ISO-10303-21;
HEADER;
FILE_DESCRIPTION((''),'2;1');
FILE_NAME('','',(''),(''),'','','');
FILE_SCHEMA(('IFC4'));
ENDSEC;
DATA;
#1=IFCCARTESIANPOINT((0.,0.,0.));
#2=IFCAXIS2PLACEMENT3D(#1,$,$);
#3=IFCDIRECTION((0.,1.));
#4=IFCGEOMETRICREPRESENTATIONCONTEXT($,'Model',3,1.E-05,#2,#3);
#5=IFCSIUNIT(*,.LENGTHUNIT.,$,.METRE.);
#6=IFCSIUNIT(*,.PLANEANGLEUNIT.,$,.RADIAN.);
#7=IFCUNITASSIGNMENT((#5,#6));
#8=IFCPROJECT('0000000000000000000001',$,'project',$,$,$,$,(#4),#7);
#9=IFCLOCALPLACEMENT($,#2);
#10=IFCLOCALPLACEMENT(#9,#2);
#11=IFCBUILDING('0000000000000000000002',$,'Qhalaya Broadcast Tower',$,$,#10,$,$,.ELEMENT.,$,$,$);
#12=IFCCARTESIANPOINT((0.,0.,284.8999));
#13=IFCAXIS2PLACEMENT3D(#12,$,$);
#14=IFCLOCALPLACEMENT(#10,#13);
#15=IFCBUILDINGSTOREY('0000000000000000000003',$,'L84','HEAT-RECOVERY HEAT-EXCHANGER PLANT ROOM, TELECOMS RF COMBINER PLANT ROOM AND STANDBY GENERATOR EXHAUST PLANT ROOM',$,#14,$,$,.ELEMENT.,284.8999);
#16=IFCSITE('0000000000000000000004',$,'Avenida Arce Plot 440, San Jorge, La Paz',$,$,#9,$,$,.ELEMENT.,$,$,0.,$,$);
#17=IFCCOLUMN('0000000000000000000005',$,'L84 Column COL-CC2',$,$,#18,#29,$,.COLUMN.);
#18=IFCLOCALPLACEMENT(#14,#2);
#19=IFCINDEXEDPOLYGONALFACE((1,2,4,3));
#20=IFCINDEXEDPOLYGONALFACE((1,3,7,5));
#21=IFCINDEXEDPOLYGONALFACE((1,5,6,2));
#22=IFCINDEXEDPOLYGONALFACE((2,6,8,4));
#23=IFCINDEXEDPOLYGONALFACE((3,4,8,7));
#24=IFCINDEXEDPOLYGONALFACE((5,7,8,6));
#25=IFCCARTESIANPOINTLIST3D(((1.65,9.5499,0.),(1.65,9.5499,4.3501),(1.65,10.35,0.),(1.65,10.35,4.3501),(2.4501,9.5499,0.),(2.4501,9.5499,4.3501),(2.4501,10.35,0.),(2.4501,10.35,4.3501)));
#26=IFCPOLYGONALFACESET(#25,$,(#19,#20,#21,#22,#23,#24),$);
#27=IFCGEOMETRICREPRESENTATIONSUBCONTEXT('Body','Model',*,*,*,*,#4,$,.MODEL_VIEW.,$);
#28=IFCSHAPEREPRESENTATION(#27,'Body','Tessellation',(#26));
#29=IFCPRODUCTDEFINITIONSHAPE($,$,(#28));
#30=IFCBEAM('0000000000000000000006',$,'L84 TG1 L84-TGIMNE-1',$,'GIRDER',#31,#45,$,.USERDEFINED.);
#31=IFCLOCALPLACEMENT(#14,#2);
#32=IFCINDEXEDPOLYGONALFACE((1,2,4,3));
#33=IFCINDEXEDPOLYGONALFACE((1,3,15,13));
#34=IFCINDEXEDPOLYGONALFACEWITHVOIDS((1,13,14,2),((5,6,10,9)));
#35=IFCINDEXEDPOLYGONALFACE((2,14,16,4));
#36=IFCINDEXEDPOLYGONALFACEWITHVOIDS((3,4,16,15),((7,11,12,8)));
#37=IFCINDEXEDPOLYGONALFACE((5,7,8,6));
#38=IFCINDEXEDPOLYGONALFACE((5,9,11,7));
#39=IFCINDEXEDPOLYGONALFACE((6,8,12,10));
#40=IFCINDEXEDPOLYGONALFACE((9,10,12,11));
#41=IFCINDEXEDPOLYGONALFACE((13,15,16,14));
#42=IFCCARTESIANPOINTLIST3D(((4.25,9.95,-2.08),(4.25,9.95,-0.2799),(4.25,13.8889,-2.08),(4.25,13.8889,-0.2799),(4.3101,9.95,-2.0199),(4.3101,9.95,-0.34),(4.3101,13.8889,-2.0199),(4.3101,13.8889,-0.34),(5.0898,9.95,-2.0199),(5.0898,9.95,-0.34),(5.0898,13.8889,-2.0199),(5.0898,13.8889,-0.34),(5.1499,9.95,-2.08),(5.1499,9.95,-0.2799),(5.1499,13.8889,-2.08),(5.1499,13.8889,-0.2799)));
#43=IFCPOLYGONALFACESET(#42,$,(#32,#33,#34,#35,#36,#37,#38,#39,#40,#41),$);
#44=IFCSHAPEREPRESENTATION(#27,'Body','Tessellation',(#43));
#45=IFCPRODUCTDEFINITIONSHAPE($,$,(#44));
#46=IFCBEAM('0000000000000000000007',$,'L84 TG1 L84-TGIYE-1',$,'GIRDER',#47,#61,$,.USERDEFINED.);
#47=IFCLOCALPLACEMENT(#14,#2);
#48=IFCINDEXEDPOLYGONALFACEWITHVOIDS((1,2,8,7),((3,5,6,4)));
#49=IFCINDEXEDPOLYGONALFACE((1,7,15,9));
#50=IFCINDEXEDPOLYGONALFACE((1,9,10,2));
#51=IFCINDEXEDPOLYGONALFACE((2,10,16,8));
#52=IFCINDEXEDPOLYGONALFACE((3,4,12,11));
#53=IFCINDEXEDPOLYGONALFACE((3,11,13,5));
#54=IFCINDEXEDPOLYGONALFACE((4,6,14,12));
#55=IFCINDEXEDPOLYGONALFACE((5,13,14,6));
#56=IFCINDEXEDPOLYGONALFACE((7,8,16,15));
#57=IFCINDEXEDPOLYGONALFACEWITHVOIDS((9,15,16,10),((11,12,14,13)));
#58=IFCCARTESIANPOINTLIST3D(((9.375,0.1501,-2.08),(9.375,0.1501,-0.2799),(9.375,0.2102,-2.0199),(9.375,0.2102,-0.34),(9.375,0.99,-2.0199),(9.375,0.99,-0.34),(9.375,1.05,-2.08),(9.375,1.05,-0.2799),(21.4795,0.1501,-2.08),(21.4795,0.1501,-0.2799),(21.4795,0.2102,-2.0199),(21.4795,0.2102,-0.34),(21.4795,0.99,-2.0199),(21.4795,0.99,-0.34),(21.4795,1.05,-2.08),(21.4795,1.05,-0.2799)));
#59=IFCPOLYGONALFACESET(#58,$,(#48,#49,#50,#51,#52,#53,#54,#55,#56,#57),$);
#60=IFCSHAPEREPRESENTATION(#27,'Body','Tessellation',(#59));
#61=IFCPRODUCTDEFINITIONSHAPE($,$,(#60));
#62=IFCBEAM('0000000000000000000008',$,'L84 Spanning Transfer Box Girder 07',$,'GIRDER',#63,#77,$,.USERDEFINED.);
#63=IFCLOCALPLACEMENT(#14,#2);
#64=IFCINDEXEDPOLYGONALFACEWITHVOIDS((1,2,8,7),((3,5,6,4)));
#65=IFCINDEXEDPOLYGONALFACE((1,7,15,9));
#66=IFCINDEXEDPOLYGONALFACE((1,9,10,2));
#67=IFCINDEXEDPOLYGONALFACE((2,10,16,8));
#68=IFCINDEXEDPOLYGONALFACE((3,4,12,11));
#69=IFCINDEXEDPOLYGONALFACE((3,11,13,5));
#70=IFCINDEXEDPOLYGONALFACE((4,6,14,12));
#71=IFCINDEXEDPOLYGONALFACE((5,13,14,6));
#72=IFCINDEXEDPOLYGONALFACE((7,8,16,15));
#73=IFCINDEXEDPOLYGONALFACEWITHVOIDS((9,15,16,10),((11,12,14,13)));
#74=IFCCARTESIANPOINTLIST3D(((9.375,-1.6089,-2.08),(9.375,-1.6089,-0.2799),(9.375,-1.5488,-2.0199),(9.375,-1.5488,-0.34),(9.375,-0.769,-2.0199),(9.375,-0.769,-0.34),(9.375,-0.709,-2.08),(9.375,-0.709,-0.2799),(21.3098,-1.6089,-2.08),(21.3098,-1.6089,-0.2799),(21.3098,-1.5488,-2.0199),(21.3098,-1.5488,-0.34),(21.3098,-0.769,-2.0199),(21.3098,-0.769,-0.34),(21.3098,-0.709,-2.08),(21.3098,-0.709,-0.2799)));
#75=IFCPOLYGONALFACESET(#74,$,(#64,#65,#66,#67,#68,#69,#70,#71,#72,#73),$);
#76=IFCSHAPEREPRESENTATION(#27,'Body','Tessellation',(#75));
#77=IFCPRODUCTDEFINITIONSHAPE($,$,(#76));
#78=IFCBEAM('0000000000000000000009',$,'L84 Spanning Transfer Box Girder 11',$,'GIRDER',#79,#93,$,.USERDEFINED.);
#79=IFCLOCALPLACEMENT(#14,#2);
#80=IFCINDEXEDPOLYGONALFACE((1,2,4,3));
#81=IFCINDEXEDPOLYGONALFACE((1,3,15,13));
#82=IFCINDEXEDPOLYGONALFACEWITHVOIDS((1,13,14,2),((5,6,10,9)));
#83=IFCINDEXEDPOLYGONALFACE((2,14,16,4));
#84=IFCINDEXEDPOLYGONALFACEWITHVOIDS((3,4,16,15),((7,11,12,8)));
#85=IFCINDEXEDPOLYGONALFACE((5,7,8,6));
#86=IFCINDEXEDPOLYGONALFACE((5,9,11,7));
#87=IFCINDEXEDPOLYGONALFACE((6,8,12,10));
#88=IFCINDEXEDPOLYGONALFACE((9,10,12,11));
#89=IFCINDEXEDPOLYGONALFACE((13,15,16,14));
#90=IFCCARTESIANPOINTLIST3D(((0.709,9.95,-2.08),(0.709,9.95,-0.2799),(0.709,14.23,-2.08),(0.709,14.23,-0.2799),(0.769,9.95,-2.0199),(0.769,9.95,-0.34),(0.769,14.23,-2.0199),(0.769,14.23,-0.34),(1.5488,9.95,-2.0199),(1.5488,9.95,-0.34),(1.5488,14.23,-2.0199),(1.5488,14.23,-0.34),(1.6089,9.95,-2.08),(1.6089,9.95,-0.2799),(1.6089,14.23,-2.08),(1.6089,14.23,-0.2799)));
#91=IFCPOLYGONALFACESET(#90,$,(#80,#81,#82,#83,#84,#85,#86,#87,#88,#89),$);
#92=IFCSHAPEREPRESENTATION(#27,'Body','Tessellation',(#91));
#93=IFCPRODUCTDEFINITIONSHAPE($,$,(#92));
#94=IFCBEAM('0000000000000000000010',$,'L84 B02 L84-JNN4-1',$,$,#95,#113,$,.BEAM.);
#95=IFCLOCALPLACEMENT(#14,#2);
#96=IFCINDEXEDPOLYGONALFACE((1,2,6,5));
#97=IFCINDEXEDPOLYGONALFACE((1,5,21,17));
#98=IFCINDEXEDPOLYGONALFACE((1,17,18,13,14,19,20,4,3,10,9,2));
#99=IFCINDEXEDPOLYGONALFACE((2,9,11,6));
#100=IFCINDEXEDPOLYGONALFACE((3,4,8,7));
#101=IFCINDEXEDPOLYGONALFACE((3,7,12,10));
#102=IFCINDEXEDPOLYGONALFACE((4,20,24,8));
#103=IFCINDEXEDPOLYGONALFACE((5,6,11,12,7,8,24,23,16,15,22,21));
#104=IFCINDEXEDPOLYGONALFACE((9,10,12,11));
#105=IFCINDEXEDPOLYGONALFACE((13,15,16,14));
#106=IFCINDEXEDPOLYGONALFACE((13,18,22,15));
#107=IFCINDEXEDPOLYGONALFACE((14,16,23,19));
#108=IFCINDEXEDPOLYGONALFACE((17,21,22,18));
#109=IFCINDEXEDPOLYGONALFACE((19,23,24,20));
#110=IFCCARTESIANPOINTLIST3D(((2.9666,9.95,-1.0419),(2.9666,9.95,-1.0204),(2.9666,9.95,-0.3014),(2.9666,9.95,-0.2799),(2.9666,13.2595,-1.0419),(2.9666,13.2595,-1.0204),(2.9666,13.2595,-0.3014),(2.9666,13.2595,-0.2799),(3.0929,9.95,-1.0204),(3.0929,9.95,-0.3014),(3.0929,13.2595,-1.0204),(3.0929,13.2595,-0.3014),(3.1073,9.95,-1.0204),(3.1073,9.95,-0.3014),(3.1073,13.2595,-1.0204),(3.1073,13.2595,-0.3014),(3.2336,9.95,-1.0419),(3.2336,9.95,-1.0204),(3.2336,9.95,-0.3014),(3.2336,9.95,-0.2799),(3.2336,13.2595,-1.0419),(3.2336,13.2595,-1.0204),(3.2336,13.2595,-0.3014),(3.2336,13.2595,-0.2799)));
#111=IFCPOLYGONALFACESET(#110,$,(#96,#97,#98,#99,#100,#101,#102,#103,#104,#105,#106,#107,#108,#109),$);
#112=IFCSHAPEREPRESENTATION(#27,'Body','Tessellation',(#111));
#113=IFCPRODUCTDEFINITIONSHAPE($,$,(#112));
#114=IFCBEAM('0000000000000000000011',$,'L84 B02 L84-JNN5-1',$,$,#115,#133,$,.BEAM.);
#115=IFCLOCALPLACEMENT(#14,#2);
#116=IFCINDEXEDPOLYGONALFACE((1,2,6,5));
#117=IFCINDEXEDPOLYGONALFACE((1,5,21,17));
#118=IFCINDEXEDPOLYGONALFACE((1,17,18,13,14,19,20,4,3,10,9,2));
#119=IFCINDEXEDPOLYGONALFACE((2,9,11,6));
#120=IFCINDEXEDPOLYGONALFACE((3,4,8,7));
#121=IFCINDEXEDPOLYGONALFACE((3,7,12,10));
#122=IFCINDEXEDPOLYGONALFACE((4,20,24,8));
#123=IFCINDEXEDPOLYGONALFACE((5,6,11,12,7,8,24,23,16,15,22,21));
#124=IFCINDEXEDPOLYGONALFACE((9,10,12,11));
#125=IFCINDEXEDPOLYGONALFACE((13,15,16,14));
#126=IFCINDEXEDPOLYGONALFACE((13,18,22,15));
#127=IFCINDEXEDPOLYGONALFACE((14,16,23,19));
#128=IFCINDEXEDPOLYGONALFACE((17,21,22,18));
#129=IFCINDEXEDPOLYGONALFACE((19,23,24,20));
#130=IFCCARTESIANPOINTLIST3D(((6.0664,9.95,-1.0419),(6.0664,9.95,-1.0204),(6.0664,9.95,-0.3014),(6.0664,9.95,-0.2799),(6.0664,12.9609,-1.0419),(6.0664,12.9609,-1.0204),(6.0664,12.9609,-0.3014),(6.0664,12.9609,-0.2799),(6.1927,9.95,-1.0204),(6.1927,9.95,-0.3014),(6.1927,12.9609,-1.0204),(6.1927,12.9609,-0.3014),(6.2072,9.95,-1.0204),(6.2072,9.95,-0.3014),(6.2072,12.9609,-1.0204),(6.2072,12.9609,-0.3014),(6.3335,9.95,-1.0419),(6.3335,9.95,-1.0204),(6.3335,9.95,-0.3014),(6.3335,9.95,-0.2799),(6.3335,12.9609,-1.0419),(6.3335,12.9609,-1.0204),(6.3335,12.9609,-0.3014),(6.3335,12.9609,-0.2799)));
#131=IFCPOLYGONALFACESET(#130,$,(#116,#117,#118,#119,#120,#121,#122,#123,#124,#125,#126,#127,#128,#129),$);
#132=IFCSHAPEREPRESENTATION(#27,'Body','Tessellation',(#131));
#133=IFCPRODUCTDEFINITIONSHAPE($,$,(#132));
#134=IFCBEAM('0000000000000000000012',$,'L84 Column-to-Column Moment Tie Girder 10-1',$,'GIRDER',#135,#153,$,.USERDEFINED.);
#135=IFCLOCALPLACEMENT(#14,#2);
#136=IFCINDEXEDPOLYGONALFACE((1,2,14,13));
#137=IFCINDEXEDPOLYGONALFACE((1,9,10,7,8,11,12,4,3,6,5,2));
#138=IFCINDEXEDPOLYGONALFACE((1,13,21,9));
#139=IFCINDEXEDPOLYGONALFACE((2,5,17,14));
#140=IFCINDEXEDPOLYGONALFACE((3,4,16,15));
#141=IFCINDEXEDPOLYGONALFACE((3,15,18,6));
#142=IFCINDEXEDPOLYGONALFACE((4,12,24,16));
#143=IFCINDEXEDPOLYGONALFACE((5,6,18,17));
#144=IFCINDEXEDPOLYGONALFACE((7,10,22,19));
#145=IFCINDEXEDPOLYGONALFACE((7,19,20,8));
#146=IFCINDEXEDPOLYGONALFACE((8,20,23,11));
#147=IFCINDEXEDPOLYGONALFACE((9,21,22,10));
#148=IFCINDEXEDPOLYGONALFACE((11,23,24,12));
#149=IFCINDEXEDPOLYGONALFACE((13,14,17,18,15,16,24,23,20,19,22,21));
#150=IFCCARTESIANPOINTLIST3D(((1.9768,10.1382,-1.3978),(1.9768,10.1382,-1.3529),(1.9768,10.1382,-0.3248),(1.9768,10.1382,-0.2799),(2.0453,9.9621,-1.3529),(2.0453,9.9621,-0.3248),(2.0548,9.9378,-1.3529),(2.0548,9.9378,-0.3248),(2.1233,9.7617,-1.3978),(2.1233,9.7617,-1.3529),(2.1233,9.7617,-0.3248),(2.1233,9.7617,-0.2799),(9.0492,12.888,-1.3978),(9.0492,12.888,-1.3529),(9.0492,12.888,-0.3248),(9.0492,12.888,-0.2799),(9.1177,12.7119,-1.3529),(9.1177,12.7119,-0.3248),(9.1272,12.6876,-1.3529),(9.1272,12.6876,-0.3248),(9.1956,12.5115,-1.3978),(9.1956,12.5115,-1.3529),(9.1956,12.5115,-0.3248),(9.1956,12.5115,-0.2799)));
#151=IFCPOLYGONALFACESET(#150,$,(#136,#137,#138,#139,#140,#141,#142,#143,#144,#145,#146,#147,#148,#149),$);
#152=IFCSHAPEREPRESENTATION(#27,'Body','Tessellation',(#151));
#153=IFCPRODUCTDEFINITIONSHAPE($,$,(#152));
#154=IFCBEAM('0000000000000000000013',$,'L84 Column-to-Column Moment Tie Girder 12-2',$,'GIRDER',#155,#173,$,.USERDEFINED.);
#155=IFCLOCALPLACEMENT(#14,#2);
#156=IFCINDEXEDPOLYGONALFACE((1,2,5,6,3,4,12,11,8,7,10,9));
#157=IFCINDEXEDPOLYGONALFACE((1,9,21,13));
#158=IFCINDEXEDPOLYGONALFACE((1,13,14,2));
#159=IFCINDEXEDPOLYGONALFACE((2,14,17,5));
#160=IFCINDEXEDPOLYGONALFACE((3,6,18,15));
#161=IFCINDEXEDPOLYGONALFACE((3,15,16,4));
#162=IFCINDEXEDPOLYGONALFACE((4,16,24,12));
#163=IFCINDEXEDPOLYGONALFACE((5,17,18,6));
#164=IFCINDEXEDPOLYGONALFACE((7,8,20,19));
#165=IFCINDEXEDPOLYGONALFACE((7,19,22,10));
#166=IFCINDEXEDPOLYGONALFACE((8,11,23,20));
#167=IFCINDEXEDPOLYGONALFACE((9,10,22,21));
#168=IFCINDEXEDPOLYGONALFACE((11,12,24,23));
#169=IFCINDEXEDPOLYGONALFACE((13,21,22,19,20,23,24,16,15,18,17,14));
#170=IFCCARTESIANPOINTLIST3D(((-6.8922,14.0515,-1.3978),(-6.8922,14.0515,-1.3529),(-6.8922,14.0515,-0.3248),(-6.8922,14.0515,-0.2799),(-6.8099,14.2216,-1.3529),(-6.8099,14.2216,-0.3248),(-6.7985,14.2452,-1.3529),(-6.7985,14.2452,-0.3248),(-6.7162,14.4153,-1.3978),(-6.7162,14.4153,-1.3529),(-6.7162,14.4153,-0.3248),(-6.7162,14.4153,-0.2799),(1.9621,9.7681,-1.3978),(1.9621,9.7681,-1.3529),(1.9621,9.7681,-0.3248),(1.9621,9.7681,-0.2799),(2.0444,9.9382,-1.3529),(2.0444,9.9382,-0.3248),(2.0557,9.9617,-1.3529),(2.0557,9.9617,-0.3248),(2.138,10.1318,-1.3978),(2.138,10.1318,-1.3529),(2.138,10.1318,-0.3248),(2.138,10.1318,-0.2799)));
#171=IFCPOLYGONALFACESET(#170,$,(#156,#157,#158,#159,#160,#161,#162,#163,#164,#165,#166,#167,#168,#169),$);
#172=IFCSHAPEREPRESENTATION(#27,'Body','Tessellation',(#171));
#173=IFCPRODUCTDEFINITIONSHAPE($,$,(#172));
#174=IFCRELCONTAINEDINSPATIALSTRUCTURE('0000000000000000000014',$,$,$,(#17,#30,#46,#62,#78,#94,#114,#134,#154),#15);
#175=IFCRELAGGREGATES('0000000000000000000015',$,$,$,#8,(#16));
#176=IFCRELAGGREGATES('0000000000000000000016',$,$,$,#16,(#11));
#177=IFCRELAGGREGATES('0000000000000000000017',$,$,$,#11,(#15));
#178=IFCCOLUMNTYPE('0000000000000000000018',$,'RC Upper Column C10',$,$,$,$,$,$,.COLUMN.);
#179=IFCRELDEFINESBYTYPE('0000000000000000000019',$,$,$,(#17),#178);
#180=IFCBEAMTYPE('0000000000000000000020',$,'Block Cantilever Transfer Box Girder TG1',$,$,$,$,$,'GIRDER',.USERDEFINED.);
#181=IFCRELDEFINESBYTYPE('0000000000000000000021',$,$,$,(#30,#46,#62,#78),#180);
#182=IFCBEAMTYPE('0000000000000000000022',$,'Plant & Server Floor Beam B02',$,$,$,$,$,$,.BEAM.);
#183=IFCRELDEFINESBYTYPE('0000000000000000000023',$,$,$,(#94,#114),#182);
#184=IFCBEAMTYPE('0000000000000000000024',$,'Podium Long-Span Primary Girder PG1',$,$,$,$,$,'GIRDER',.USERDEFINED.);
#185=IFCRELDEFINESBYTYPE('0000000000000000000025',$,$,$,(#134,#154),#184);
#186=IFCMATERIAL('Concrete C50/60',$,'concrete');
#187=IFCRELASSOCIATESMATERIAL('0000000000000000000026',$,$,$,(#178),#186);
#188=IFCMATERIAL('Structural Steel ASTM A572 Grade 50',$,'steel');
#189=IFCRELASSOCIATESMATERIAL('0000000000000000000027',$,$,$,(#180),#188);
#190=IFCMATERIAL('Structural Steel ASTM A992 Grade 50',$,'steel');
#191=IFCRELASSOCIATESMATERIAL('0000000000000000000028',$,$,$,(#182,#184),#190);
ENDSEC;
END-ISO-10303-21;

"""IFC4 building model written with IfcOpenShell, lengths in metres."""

from ifc_helpers import new_model, si_unit, direction, frame, origin, origin_2d, place, context, subcontext, project, spatial, rectangle, hollow_rectangle, i_section, extrude, material, material_profile, profile_set, type_object, element, save


model = new_model("IFC4")

# Units and contexts
model_context = context("Model", 3, precision=1e-05, world=origin(), true_north=direction((0.0, 1.0)))
body_context = subcontext(model_context, "Body", "Model", "MODEL_VIEW")
ifc_project = project(units=[si_unit("LENGTHUNIT", "METRE"), si_unit("PLANEANGLEUNIT", "RADIAN")], contexts=[model_context])

# Site, building, storey
site_placement = place(None, origin())
site = spatial("IfcSite", under=ifc_project, at=site_placement, Name="Avenida Arce Plot 440, San Jorge, La Paz", CompositionType="ELEMENT", RefElevation=0.0)
building_placement = place(site_placement, origin())
building = spatial("IfcBuilding", under=site, at=building_placement, Name="Qhalaya Broadcast Tower", CompositionType="ELEMENT")
storey_placement = place(building_placement, frame((0.0, 0.0, 284.8999)))
storey = spatial("IfcBuildingStorey", under=building, at=storey_placement, Name="L84", Description="HEAT-RECOVERY HEAT-EXCHANGER PLANT ROOM, TELECOMS RF COMBINER PLANT ROOM AND STANDBY GENERATOR EXHAUST PLANT ROOM", CompositionType="ELEMENT", Elevation=284.8999)

# Column
ifc_material_1 = material(Name="Concrete C50/60", Category="concrete")
ifc_material_profile_1 = material_profile(ifc_material_1, rectangle(XDim=0.8, YDim=0.8, at=origin_2d()), Name="RC-COL 800x800")
ifc_profile_set_1 = profile_set([ifc_material_profile_1], Name="Concrete C50/60")
column_type = type_object("IfcColumnType", Name="RC Upper Column C10", PredefinedType="COLUMN", material=ifc_profile_set_1)
column_placement = place(storey_placement, frame((2.05, 9.95, 0.0), z_axis=(0.0, 0.0, 1.0), x_axis=(1.0, 0.0, 0.0)))
element("IfcColumn", 1, at=column_placement, inside=storey, type_object=column_type, Name="L84 Column COL-CC2", PredefinedType="COLUMN", context=body_context, shape_type="SweptSolid", body=[
    extrude(rectangle(XDim=0.8, YDim=0.8, at=origin_2d()), origin(), (0.0, 0.0, 1.0), 4.3501),
])

# Beams
ifc_material_2 = material(Name="Structural Steel ASTM A572 Grade 50", Category="steel")
ifc_material_profile_2 = material_profile(ifc_material_2, hollow_rectangle(XDim=0.8999, YDim=1.8, WallThickness=0.0601, at=origin_2d()), Name="BOX 900x1800x60")
ifc_profile_set_2 = profile_set([ifc_material_profile_2], Name="Structural Steel ASTM A572 Grade 50")
beam_type_1 = type_object("IfcBeamType", Name="Block Cantilever Transfer Box Girder TG1", ElementType="GIRDER", PredefinedType="USERDEFINED", material=ifc_profile_set_2)
beam_1_placement = place(storey_placement, frame((4.7, 9.95, -1.1799), z_axis=(0.0, 1.0, 0.0), x_axis=(-1.0, 0.0, 0.0)))
element("IfcBeam", 2, at=beam_1_placement, inside=storey, type_object=beam_type_1, Name="L84 TG1 L84-TGIMNE-1", ObjectType="GIRDER", PredefinedType="USERDEFINED", context=body_context, shape_type="SweptSolid", body=[
    extrude(hollow_rectangle(XDim=0.8999, YDim=1.8, WallThickness=0.0601, at=origin_2d()), origin(), (0.0, 0.0, 1.0), 3.939),
])
beam_2_placement = place(storey_placement, frame((9.375, 0.6001, -1.1799), z_axis=(1.0, 0.0, 0.0), x_axis=(0.0, 1.0, 0.0)))
element("IfcBeam", 3, at=beam_2_placement, inside=storey, type_object=beam_type_1, Name="L84 TG1 L84-TGIYE-1", ObjectType="GIRDER", PredefinedType="USERDEFINED", context=body_context, shape_type="SweptSolid", body=[
    extrude(hollow_rectangle(XDim=0.8999, YDim=1.8, WallThickness=0.0601, at=origin_2d()), origin(), (0.0, 0.0, 1.0), 12.1045),
])
beam_3_placement = place(storey_placement, frame((9.375, -1.1589, -1.1799), z_axis=(1.0, 0.0, 0.0), x_axis=(0.0, 1.0, 0.0)))
element("IfcBeam", 4, at=beam_3_placement, inside=storey, type_object=beam_type_1, Name="L84 Spanning Transfer Box Girder 07", ObjectType="GIRDER", PredefinedType="USERDEFINED", context=body_context, shape_type="SweptSolid", body=[
    extrude(hollow_rectangle(XDim=0.8999, YDim=1.8, WallThickness=0.0601, at=origin_2d()), origin(), (0.0, 0.0, 1.0), 11.9348),
])
beam_4_placement = place(storey_placement, frame((1.1589, 9.95, -1.1799), z_axis=(0.0, 1.0, 0.0), x_axis=(-1.0, 0.0, 0.0)))
element("IfcBeam", 5, at=beam_4_placement, inside=storey, type_object=beam_type_1, Name="L84 Spanning Transfer Box Girder 11", ObjectType="GIRDER", PredefinedType="USERDEFINED", context=body_context, shape_type="SweptSolid", body=[
    extrude(hollow_rectangle(XDim=0.8999, YDim=1.8, WallThickness=0.0601, at=origin_2d()), origin(), (0.0, 0.0, 1.0), 4.28),
])
ifc_material_3 = material(Name="Structural Steel ASTM A992 Grade 50", Category="steel")
ifc_material_profile_3 = material_profile(ifc_material_3, i_section(OverallWidth=0.2671, OverallDepth=0.762, WebThickness=0.0144, FlangeThickness=0.0215, at=origin_2d()), Name="W30X116")
ifc_profile_set_3 = profile_set([ifc_material_profile_3], Name="Structural Steel ASTM A992 Grade 50")
beam_type_2 = type_object("IfcBeamType", Name="Plant & Server Floor Beam B02", PredefinedType="BEAM", material=ifc_profile_set_3)
beam_5_placement = place(storey_placement, frame((3.1001, 9.95, -0.6609), z_axis=(0.0, 1.0, 0.0), x_axis=(-1.0, 0.0, 0.0)))
element("IfcBeam", 6, at=beam_5_placement, inside=storey, type_object=beam_type_2, Name="L84 B02 L84-JNN4-1", PredefinedType="BEAM", context=body_context, shape_type="SweptSolid", body=[
    extrude(i_section(OverallWidth=0.2671, OverallDepth=0.762, WebThickness=0.0144, FlangeThickness=0.0215, at=origin_2d()), origin(), (0.0, 0.0, 1.0), 3.3096),
])
beam_6_placement = place(storey_placement, frame((6.2, 9.95, -0.6609), z_axis=(0.0, 1.0, 0.0), x_axis=(-1.0, 0.0, 0.0)))
element("IfcBeam", 7, at=beam_6_placement, inside=storey, type_object=beam_type_2, Name="L84 B02 L84-JNN5-1", PredefinedType="BEAM", context=body_context, shape_type="SweptSolid", body=[
    extrude(i_section(OverallWidth=0.2671, OverallDepth=0.762, WebThickness=0.0144, FlangeThickness=0.0215, at=origin_2d()), origin(), (0.0, 0.0, 1.0), 3.011),
])
ifc_material_profile_4 = material_profile(ifc_material_3, i_section(OverallWidth=0.4041, OverallDepth=1.1179, WebThickness=0.0261, FlangeThickness=0.0449, at=origin_2d()), Name="W44X335")
ifc_profile_set_4 = profile_set([ifc_material_profile_4], Name="Structural Steel ASTM A992 Grade 50")
beam_type_3 = type_object("IfcBeamType", Name="Podium Long-Span Primary Girder PG1", ElementType="GIRDER", PredefinedType="USERDEFINED", material=ifc_profile_set_4)
beam_7_placement = place(storey_placement, frame((2.05, 9.95, -0.8389), z_axis=(0.93203, 0.362381, 0.0), x_axis=(-0.362381, 0.93203, 0.0)))
element("IfcBeam", 8, at=beam_7_placement, inside=storey, type_object=beam_type_3, Name="L84 Column-to-Column Moment Tie Girder 10-1", ObjectType="GIRDER", PredefinedType="USERDEFINED", context=body_context, shape_type="SweptSolid", body=[
    extrude(i_section(OverallWidth=0.4041, OverallDepth=1.1179, WebThickness=0.0261, FlangeThickness=0.0449, at=origin_2d()), origin(), (0.0, 0.0, 1.0), 7.5881),
])
beam_8_placement = place(storey_placement, frame((2.05, 9.95, -0.8389), z_axis=(-0.900194, 0.43549, 0.0), x_axis=(-0.43549, -0.900194, 0.0)))
element("IfcBeam", 9, at=beam_8_placement, inside=storey, type_object=beam_type_3, Name="L84 Column-to-Column Moment Tie Girder 12-2", ObjectType="GIRDER", PredefinedType="USERDEFINED", context=body_context, shape_type="SweptSolid", body=[
    extrude(i_section(OverallWidth=0.4041, OverallDepth=1.1179, WebThickness=0.0261, FlangeThickness=0.0449, at=origin_2d()), origin(), (0.0, 0.0, 1.0), 9.8359),
])

save(model, "model.ifc")
